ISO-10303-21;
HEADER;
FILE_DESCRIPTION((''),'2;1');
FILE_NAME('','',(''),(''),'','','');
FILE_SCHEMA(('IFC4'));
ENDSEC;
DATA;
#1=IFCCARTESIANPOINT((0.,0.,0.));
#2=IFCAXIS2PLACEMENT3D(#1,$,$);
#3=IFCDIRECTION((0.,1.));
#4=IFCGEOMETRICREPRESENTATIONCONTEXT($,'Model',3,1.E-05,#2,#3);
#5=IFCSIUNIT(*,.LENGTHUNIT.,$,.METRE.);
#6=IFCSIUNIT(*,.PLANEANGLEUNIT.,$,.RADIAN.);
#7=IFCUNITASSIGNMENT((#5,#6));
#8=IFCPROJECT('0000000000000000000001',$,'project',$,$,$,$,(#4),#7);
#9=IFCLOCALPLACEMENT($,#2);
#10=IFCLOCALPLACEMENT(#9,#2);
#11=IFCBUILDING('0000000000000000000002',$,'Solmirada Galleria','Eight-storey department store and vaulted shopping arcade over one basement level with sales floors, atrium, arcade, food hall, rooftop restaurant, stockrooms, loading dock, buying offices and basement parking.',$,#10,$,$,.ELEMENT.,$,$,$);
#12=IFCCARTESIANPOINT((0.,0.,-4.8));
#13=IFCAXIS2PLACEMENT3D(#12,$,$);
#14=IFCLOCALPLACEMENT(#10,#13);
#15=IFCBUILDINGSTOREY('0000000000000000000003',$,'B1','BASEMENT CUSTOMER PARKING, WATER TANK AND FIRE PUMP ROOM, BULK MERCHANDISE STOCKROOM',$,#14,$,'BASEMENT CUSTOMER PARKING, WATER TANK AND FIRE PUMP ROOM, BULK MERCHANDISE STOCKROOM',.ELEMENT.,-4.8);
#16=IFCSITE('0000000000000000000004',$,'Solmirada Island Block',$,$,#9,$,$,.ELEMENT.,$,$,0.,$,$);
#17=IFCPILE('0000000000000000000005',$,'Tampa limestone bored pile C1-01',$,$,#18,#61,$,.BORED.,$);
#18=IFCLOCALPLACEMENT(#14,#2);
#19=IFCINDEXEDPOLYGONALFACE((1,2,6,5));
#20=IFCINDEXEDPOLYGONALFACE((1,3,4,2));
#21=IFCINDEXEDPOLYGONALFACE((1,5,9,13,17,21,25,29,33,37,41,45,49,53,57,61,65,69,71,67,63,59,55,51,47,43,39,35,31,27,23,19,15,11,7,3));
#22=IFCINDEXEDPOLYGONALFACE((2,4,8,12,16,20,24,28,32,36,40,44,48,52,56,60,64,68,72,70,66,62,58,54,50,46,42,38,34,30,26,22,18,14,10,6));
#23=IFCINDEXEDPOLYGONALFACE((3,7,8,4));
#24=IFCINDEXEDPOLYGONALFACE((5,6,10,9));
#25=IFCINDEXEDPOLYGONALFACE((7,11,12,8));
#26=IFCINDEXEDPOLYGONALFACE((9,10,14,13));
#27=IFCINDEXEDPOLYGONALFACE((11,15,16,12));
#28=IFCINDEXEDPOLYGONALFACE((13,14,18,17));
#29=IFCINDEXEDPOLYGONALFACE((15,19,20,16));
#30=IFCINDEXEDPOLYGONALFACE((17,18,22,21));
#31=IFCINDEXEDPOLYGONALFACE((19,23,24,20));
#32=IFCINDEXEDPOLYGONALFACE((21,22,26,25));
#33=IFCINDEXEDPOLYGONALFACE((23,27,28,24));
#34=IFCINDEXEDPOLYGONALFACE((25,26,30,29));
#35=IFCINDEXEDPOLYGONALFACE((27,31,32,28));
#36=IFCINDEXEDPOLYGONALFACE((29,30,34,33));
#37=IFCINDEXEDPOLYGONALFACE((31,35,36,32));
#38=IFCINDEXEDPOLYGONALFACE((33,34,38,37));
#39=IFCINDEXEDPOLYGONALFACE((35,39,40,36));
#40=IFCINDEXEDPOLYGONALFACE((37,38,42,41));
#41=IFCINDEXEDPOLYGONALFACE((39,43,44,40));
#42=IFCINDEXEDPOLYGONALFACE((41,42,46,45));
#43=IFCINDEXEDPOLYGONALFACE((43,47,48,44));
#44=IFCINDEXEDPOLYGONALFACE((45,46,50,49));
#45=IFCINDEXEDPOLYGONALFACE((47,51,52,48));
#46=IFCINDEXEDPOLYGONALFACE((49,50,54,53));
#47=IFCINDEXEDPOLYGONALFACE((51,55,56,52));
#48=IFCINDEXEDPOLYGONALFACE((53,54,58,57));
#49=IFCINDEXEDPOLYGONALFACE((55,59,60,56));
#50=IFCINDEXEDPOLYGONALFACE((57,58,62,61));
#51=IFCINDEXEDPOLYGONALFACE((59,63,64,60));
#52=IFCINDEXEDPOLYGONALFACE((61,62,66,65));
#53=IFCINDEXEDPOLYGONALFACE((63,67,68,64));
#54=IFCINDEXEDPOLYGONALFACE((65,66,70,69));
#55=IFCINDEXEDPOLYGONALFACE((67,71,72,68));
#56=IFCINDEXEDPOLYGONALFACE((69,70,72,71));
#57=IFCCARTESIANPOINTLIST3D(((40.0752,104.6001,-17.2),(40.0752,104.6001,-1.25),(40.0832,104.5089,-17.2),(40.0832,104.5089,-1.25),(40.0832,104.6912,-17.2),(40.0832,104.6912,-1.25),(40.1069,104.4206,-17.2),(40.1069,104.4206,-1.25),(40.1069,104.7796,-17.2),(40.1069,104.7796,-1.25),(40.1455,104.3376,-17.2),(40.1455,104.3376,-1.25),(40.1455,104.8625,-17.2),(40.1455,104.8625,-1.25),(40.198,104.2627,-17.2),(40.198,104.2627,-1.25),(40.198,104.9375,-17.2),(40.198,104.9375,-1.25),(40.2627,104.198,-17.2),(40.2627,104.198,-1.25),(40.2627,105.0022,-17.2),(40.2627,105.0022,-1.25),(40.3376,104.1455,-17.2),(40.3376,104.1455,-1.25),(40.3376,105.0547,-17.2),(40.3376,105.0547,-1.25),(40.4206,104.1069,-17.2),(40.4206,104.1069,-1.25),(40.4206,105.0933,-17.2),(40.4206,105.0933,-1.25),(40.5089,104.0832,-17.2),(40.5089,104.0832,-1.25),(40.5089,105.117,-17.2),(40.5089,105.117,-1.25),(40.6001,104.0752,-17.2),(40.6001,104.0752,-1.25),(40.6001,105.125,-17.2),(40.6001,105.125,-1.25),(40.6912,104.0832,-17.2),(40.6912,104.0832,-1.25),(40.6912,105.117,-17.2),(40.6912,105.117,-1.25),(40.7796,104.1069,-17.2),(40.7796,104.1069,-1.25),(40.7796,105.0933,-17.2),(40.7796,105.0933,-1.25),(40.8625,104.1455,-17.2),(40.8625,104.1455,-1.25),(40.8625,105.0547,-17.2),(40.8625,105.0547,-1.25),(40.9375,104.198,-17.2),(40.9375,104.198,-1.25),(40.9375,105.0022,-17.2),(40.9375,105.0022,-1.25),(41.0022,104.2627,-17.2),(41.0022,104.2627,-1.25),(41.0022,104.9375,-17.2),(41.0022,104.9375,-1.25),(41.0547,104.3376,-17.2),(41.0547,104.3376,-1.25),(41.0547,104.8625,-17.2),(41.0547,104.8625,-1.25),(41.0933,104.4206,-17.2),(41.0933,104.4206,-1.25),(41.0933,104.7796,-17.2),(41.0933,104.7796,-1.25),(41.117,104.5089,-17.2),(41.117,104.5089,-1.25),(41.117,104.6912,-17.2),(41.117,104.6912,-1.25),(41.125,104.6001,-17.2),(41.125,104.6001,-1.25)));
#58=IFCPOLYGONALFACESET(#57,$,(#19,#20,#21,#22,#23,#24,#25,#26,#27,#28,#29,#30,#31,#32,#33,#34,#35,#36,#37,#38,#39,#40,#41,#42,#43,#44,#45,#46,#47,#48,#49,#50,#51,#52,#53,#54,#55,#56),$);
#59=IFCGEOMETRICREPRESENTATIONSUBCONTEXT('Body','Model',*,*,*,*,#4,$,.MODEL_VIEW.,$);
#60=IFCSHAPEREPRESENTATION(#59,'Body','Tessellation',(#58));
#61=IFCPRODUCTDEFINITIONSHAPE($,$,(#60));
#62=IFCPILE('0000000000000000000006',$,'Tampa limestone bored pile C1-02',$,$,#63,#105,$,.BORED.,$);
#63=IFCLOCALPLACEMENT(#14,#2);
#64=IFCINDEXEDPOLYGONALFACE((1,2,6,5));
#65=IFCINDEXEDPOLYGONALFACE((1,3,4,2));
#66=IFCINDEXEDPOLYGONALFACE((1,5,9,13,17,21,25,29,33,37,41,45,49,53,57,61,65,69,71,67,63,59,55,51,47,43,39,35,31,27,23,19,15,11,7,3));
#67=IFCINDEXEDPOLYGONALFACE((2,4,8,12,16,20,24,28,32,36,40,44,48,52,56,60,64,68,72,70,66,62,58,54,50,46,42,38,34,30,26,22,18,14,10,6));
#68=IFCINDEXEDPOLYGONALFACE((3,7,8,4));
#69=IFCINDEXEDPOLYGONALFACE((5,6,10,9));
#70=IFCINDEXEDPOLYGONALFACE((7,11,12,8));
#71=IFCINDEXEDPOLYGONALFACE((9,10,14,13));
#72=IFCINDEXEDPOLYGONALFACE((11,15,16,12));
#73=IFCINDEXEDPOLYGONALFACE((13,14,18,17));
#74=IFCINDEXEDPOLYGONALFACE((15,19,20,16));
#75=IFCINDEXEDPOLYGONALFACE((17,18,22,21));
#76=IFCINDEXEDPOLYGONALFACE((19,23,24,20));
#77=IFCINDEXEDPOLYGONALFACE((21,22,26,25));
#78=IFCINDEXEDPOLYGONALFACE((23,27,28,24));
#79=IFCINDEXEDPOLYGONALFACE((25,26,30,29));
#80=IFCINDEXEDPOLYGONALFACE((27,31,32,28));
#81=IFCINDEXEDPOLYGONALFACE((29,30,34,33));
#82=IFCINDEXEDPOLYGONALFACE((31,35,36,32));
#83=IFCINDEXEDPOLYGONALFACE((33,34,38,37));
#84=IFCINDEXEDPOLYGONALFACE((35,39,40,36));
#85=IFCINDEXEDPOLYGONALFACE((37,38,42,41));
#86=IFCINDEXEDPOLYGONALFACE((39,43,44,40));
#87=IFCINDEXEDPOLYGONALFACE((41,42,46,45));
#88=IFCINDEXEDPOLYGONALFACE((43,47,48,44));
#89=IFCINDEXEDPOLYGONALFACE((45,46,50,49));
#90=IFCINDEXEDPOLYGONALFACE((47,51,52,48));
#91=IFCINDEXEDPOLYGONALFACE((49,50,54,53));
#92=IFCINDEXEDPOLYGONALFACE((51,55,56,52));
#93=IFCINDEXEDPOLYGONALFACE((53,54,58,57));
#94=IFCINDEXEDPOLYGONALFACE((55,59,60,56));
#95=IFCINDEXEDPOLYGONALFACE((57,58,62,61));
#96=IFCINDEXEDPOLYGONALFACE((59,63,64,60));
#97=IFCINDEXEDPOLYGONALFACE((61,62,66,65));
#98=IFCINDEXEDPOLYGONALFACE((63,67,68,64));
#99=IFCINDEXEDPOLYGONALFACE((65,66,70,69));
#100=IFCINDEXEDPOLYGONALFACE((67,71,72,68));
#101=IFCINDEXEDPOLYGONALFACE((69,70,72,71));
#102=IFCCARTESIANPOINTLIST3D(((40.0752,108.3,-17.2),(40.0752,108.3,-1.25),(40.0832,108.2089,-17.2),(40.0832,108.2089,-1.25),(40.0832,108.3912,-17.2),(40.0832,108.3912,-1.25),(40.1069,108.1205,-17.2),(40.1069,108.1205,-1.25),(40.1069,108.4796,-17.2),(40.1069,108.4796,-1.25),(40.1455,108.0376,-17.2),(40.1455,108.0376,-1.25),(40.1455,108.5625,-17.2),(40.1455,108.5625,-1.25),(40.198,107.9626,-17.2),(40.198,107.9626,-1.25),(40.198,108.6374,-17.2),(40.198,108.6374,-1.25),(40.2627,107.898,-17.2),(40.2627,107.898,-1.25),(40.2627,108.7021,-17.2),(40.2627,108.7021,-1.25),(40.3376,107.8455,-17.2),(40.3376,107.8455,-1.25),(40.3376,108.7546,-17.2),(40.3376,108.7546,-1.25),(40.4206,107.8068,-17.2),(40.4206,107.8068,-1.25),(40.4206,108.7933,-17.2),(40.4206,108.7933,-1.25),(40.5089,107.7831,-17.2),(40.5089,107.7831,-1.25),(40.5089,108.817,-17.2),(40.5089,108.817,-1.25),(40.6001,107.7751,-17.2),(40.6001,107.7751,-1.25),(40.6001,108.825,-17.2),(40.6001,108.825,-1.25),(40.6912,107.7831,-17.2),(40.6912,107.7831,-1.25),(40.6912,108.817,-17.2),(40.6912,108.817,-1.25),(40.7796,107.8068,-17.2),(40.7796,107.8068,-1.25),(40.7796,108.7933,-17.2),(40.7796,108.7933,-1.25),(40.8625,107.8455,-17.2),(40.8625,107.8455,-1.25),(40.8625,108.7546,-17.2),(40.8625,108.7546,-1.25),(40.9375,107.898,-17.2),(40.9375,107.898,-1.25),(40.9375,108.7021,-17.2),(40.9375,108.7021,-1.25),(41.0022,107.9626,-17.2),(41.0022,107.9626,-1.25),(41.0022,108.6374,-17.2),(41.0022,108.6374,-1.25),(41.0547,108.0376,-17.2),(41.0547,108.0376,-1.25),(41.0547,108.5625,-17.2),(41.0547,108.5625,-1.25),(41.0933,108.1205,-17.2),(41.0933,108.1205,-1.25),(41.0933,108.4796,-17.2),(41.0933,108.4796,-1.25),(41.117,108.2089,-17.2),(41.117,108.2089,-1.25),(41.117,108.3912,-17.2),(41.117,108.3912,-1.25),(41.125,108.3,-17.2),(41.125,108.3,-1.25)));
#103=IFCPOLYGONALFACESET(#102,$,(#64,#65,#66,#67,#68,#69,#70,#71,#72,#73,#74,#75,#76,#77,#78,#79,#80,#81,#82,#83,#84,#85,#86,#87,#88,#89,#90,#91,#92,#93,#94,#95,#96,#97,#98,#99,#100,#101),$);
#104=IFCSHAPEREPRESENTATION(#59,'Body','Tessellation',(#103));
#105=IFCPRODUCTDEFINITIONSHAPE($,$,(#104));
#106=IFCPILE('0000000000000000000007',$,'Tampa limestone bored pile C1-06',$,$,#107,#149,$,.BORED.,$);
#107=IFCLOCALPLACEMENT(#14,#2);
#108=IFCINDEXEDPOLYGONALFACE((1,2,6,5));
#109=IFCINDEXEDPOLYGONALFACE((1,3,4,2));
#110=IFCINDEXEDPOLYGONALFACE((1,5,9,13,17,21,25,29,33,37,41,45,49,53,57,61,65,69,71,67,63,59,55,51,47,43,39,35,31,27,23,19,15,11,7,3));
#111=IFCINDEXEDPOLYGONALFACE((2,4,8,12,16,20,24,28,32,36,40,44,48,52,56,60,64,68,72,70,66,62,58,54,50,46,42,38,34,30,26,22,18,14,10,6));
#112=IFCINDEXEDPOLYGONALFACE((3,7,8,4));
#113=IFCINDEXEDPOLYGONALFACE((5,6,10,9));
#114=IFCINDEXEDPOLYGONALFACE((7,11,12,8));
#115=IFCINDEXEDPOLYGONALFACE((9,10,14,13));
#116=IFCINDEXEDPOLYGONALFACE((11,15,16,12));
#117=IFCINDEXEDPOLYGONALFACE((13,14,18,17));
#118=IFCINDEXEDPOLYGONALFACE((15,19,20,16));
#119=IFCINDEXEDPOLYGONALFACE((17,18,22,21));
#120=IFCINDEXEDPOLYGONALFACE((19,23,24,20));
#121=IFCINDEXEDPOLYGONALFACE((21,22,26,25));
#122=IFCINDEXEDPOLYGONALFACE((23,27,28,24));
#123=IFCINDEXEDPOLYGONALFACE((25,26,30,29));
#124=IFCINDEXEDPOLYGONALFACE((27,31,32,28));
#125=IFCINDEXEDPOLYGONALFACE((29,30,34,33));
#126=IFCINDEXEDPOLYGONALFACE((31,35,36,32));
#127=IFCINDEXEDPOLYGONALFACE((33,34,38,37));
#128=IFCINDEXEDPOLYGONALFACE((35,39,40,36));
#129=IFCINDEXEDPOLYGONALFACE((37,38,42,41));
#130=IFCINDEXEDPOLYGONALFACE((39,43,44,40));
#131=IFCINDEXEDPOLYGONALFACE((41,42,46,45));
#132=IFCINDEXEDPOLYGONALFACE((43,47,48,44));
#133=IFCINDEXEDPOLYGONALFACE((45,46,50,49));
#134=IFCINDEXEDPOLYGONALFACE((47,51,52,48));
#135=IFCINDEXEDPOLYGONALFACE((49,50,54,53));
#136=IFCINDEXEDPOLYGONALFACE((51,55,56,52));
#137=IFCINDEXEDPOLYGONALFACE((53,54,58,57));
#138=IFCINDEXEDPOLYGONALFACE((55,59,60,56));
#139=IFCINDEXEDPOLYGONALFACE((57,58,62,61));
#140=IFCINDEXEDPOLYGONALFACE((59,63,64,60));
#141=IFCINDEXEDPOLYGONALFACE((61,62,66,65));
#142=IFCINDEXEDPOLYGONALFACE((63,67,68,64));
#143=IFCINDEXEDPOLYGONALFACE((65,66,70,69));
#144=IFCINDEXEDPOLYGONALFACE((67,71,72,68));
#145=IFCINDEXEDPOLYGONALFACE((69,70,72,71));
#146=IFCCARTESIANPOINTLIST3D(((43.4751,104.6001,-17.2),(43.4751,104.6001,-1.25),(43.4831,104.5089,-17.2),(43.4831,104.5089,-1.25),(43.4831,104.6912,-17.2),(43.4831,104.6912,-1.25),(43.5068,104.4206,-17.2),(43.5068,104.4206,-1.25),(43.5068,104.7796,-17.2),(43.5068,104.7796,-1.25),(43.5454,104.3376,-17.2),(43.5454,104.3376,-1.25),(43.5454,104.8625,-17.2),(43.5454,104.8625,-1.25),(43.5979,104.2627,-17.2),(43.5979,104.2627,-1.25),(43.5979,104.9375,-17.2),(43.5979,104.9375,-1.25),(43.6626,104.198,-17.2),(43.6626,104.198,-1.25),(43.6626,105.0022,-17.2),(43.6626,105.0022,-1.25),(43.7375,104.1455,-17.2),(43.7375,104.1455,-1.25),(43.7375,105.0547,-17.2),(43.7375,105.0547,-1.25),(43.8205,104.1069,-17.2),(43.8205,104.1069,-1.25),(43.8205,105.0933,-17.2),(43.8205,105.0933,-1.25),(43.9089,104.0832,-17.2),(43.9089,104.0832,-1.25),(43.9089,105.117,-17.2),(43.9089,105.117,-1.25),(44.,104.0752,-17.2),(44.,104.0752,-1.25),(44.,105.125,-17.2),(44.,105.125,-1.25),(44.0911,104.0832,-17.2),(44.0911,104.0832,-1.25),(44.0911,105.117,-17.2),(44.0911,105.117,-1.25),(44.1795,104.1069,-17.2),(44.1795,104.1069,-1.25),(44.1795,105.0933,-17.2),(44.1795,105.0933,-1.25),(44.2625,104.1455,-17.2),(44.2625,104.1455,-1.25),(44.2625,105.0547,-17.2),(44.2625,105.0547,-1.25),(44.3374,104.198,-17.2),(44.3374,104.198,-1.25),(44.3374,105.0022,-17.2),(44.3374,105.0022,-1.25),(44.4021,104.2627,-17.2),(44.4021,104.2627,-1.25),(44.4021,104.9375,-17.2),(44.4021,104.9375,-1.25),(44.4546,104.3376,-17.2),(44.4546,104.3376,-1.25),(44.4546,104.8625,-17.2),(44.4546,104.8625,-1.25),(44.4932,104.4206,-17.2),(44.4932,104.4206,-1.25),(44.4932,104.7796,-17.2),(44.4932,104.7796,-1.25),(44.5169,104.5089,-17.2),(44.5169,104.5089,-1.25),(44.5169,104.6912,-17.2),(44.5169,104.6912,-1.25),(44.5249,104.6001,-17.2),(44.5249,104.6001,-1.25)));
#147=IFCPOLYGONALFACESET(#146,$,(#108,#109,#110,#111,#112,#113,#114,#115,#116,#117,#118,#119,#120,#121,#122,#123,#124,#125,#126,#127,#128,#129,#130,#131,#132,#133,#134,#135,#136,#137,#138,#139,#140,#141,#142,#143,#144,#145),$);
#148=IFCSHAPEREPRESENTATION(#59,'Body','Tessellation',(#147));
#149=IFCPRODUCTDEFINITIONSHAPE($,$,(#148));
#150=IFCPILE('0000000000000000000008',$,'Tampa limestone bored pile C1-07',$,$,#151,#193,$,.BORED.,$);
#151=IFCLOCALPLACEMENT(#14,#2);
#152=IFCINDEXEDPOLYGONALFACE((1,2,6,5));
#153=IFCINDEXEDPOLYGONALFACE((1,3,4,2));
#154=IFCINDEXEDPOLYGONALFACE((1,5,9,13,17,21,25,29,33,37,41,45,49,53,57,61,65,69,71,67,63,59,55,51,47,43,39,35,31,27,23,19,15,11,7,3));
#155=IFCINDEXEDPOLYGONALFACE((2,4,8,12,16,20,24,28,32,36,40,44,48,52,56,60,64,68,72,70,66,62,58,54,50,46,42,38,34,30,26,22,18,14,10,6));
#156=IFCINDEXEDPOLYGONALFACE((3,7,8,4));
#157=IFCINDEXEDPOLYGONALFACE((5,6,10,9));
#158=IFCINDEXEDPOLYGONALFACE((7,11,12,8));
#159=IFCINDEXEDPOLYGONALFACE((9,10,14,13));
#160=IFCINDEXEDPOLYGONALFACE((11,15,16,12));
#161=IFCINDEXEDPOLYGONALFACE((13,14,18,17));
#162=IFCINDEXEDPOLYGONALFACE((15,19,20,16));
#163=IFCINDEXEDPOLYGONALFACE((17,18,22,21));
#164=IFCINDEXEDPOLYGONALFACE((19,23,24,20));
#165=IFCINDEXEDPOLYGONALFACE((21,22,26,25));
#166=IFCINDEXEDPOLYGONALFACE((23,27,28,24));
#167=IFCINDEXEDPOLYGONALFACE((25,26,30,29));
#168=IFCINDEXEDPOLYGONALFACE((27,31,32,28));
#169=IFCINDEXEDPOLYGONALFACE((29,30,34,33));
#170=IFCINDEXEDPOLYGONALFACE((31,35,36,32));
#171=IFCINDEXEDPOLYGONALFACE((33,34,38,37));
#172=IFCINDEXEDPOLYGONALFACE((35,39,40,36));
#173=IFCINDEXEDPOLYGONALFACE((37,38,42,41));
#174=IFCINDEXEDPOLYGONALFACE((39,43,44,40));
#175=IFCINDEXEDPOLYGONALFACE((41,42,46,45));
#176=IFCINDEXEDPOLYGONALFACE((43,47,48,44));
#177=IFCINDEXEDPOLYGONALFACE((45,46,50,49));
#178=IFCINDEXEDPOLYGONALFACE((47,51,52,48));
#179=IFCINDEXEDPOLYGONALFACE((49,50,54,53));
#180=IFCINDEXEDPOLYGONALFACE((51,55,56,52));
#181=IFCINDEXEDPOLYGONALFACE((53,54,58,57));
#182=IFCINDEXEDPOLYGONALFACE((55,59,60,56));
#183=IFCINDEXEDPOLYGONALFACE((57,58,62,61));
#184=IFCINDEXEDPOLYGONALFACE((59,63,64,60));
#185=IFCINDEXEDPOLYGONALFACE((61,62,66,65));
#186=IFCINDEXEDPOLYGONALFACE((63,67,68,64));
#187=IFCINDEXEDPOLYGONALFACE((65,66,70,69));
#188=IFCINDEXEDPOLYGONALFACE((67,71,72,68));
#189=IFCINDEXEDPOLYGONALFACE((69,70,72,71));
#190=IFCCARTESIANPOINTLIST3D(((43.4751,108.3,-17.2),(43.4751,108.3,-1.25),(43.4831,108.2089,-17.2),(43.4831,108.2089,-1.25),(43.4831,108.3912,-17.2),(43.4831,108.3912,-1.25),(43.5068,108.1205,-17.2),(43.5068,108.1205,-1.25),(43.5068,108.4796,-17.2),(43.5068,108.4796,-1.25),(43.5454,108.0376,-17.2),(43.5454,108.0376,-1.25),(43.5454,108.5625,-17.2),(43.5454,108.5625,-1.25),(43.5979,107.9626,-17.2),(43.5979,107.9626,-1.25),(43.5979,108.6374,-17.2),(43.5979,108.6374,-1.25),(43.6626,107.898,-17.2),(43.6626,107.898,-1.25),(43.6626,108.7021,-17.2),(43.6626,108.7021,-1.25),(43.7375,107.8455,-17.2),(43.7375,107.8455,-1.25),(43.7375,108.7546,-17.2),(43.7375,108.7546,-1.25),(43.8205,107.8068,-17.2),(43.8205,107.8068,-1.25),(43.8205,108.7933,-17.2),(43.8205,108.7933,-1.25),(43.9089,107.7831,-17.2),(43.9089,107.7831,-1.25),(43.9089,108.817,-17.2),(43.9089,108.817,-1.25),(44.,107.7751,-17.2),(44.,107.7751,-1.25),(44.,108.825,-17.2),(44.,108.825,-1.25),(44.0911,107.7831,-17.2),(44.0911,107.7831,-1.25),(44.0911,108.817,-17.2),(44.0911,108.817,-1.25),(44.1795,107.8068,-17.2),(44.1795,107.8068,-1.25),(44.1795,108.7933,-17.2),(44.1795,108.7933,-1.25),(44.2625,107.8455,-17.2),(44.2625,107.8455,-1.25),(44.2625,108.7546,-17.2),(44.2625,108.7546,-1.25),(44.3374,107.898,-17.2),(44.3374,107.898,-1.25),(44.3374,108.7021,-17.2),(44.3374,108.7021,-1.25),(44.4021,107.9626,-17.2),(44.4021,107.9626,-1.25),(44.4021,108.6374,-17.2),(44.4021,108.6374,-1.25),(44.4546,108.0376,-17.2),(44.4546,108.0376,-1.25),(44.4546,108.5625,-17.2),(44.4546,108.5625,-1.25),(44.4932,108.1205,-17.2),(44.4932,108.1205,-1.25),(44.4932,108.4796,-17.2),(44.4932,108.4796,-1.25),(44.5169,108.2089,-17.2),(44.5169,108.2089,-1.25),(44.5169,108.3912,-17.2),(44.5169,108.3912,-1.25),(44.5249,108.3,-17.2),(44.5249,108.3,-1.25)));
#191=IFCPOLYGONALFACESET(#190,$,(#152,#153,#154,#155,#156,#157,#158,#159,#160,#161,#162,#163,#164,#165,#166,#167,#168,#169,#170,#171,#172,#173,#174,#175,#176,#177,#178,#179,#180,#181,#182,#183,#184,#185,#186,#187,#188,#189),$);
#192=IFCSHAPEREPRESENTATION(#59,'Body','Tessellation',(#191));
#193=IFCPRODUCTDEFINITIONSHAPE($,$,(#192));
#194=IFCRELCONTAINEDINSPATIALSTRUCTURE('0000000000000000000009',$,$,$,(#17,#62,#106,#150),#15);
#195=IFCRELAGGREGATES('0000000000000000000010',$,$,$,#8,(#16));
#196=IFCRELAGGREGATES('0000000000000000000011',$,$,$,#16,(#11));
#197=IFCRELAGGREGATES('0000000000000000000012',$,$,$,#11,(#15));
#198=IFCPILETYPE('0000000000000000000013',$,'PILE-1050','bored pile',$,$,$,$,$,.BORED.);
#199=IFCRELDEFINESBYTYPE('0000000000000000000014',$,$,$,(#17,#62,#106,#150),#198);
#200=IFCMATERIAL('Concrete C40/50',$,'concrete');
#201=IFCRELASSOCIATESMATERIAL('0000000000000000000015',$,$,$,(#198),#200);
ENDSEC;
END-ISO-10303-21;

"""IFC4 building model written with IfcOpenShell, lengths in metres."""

from ifc_helpers import new_model, si_unit, direction, frame, origin, origin_2d, place, context, subcontext, project, spatial, circle, extrude, material, material_profile, profile_set, type_object, element, save


model = new_model("IFC4")

# Units and contexts
model_context = context("Model", 3, precision=1e-05, world=origin(), true_north=direction((0.0, 1.0)))
body_context = subcontext(model_context, "Body", "Model", "MODEL_VIEW")
ifc_project = project(units=[si_unit("LENGTHUNIT", "METRE"), si_unit("PLANEANGLEUNIT", "RADIAN")], contexts=[model_context])

# Site, building, storey
site_placement = place(None, origin())
site = spatial("IfcSite", under=ifc_project, at=site_placement, Name="Solmirada Island Block", CompositionType="ELEMENT", RefElevation=0.0)
building_placement = place(site_placement, origin())
building = spatial("IfcBuilding", under=site, at=building_placement, Name="Solmirada Galleria", Description="Eight-storey department store and vaulted shopping arcade over one basement level with sales floors, atrium, arcade, food hall, rooftop restaurant, stockrooms, loading dock, buying offices and basement parking.", CompositionType="ELEMENT")
storey_placement = place(building_placement, frame((0.0, 0.0, -4.8)))
storey = spatial("IfcBuildingStorey", under=building, at=storey_placement, Name="B1", Description="BASEMENT CUSTOMER PARKING, WATER TANK AND FIRE PUMP ROOM, BULK MERCHANDISE STOCKROOM", LongName="BASEMENT CUSTOMER PARKING, WATER TANK AND FIRE PUMP ROOM, BULK MERCHANDISE STOCKROOM", CompositionType="ELEMENT", Elevation=-4.8)

# Piles
ifc_material_1 = material(Name="Concrete C40/50", Category="concrete")
ifc_material_profile_1 = material_profile(ifc_material_1, circle(Radius=0.5249, at=origin_2d()), Name="PILE1050")
ifc_profile_set_1 = profile_set([ifc_material_profile_1], Name="Concrete C40/50")
pile_type = type_object("IfcPileType", Name="PILE-1050", Description="bored pile", PredefinedType="BORED", material=ifc_profile_set_1)
for number, where, z_axis, x_axis, name in (
    (1, (40.6001, 104.6001, -1.25), (0.0, 0.0, -1.0), (1.0, 0.0, 0.0), "Tampa limestone bored pile C1-01"),
    (2, (40.6001, 108.3, -1.25), (0.0, 0.0, -1.0), (1.0, 0.0, 0.0), "Tampa limestone bored pile C1-02"),
    (3, (44.0, 104.6001, -1.25), (0.0, 0.0, -1.0), (1.0, 0.0, 0.0), "Tampa limestone bored pile C1-06"),
    (4, (44.0, 108.3, -1.25), (0.0, 0.0, -1.0), (1.0, 0.0, 0.0), "Tampa limestone bored pile C1-07"),
):
    element("IfcPile", number, at=place(storey_placement, frame(where, z_axis=z_axis, x_axis=x_axis)), inside=storey, type_object=pile_type, Name=name, PredefinedType="BORED", context=body_context, shape_type="SweptSolid", body=[
        extrude(circle(Radius=0.5249, at=origin_2d()), origin(), (0.0, 0.0, 1.0), 15.95),
    ])

save(model, "model.ifc")
